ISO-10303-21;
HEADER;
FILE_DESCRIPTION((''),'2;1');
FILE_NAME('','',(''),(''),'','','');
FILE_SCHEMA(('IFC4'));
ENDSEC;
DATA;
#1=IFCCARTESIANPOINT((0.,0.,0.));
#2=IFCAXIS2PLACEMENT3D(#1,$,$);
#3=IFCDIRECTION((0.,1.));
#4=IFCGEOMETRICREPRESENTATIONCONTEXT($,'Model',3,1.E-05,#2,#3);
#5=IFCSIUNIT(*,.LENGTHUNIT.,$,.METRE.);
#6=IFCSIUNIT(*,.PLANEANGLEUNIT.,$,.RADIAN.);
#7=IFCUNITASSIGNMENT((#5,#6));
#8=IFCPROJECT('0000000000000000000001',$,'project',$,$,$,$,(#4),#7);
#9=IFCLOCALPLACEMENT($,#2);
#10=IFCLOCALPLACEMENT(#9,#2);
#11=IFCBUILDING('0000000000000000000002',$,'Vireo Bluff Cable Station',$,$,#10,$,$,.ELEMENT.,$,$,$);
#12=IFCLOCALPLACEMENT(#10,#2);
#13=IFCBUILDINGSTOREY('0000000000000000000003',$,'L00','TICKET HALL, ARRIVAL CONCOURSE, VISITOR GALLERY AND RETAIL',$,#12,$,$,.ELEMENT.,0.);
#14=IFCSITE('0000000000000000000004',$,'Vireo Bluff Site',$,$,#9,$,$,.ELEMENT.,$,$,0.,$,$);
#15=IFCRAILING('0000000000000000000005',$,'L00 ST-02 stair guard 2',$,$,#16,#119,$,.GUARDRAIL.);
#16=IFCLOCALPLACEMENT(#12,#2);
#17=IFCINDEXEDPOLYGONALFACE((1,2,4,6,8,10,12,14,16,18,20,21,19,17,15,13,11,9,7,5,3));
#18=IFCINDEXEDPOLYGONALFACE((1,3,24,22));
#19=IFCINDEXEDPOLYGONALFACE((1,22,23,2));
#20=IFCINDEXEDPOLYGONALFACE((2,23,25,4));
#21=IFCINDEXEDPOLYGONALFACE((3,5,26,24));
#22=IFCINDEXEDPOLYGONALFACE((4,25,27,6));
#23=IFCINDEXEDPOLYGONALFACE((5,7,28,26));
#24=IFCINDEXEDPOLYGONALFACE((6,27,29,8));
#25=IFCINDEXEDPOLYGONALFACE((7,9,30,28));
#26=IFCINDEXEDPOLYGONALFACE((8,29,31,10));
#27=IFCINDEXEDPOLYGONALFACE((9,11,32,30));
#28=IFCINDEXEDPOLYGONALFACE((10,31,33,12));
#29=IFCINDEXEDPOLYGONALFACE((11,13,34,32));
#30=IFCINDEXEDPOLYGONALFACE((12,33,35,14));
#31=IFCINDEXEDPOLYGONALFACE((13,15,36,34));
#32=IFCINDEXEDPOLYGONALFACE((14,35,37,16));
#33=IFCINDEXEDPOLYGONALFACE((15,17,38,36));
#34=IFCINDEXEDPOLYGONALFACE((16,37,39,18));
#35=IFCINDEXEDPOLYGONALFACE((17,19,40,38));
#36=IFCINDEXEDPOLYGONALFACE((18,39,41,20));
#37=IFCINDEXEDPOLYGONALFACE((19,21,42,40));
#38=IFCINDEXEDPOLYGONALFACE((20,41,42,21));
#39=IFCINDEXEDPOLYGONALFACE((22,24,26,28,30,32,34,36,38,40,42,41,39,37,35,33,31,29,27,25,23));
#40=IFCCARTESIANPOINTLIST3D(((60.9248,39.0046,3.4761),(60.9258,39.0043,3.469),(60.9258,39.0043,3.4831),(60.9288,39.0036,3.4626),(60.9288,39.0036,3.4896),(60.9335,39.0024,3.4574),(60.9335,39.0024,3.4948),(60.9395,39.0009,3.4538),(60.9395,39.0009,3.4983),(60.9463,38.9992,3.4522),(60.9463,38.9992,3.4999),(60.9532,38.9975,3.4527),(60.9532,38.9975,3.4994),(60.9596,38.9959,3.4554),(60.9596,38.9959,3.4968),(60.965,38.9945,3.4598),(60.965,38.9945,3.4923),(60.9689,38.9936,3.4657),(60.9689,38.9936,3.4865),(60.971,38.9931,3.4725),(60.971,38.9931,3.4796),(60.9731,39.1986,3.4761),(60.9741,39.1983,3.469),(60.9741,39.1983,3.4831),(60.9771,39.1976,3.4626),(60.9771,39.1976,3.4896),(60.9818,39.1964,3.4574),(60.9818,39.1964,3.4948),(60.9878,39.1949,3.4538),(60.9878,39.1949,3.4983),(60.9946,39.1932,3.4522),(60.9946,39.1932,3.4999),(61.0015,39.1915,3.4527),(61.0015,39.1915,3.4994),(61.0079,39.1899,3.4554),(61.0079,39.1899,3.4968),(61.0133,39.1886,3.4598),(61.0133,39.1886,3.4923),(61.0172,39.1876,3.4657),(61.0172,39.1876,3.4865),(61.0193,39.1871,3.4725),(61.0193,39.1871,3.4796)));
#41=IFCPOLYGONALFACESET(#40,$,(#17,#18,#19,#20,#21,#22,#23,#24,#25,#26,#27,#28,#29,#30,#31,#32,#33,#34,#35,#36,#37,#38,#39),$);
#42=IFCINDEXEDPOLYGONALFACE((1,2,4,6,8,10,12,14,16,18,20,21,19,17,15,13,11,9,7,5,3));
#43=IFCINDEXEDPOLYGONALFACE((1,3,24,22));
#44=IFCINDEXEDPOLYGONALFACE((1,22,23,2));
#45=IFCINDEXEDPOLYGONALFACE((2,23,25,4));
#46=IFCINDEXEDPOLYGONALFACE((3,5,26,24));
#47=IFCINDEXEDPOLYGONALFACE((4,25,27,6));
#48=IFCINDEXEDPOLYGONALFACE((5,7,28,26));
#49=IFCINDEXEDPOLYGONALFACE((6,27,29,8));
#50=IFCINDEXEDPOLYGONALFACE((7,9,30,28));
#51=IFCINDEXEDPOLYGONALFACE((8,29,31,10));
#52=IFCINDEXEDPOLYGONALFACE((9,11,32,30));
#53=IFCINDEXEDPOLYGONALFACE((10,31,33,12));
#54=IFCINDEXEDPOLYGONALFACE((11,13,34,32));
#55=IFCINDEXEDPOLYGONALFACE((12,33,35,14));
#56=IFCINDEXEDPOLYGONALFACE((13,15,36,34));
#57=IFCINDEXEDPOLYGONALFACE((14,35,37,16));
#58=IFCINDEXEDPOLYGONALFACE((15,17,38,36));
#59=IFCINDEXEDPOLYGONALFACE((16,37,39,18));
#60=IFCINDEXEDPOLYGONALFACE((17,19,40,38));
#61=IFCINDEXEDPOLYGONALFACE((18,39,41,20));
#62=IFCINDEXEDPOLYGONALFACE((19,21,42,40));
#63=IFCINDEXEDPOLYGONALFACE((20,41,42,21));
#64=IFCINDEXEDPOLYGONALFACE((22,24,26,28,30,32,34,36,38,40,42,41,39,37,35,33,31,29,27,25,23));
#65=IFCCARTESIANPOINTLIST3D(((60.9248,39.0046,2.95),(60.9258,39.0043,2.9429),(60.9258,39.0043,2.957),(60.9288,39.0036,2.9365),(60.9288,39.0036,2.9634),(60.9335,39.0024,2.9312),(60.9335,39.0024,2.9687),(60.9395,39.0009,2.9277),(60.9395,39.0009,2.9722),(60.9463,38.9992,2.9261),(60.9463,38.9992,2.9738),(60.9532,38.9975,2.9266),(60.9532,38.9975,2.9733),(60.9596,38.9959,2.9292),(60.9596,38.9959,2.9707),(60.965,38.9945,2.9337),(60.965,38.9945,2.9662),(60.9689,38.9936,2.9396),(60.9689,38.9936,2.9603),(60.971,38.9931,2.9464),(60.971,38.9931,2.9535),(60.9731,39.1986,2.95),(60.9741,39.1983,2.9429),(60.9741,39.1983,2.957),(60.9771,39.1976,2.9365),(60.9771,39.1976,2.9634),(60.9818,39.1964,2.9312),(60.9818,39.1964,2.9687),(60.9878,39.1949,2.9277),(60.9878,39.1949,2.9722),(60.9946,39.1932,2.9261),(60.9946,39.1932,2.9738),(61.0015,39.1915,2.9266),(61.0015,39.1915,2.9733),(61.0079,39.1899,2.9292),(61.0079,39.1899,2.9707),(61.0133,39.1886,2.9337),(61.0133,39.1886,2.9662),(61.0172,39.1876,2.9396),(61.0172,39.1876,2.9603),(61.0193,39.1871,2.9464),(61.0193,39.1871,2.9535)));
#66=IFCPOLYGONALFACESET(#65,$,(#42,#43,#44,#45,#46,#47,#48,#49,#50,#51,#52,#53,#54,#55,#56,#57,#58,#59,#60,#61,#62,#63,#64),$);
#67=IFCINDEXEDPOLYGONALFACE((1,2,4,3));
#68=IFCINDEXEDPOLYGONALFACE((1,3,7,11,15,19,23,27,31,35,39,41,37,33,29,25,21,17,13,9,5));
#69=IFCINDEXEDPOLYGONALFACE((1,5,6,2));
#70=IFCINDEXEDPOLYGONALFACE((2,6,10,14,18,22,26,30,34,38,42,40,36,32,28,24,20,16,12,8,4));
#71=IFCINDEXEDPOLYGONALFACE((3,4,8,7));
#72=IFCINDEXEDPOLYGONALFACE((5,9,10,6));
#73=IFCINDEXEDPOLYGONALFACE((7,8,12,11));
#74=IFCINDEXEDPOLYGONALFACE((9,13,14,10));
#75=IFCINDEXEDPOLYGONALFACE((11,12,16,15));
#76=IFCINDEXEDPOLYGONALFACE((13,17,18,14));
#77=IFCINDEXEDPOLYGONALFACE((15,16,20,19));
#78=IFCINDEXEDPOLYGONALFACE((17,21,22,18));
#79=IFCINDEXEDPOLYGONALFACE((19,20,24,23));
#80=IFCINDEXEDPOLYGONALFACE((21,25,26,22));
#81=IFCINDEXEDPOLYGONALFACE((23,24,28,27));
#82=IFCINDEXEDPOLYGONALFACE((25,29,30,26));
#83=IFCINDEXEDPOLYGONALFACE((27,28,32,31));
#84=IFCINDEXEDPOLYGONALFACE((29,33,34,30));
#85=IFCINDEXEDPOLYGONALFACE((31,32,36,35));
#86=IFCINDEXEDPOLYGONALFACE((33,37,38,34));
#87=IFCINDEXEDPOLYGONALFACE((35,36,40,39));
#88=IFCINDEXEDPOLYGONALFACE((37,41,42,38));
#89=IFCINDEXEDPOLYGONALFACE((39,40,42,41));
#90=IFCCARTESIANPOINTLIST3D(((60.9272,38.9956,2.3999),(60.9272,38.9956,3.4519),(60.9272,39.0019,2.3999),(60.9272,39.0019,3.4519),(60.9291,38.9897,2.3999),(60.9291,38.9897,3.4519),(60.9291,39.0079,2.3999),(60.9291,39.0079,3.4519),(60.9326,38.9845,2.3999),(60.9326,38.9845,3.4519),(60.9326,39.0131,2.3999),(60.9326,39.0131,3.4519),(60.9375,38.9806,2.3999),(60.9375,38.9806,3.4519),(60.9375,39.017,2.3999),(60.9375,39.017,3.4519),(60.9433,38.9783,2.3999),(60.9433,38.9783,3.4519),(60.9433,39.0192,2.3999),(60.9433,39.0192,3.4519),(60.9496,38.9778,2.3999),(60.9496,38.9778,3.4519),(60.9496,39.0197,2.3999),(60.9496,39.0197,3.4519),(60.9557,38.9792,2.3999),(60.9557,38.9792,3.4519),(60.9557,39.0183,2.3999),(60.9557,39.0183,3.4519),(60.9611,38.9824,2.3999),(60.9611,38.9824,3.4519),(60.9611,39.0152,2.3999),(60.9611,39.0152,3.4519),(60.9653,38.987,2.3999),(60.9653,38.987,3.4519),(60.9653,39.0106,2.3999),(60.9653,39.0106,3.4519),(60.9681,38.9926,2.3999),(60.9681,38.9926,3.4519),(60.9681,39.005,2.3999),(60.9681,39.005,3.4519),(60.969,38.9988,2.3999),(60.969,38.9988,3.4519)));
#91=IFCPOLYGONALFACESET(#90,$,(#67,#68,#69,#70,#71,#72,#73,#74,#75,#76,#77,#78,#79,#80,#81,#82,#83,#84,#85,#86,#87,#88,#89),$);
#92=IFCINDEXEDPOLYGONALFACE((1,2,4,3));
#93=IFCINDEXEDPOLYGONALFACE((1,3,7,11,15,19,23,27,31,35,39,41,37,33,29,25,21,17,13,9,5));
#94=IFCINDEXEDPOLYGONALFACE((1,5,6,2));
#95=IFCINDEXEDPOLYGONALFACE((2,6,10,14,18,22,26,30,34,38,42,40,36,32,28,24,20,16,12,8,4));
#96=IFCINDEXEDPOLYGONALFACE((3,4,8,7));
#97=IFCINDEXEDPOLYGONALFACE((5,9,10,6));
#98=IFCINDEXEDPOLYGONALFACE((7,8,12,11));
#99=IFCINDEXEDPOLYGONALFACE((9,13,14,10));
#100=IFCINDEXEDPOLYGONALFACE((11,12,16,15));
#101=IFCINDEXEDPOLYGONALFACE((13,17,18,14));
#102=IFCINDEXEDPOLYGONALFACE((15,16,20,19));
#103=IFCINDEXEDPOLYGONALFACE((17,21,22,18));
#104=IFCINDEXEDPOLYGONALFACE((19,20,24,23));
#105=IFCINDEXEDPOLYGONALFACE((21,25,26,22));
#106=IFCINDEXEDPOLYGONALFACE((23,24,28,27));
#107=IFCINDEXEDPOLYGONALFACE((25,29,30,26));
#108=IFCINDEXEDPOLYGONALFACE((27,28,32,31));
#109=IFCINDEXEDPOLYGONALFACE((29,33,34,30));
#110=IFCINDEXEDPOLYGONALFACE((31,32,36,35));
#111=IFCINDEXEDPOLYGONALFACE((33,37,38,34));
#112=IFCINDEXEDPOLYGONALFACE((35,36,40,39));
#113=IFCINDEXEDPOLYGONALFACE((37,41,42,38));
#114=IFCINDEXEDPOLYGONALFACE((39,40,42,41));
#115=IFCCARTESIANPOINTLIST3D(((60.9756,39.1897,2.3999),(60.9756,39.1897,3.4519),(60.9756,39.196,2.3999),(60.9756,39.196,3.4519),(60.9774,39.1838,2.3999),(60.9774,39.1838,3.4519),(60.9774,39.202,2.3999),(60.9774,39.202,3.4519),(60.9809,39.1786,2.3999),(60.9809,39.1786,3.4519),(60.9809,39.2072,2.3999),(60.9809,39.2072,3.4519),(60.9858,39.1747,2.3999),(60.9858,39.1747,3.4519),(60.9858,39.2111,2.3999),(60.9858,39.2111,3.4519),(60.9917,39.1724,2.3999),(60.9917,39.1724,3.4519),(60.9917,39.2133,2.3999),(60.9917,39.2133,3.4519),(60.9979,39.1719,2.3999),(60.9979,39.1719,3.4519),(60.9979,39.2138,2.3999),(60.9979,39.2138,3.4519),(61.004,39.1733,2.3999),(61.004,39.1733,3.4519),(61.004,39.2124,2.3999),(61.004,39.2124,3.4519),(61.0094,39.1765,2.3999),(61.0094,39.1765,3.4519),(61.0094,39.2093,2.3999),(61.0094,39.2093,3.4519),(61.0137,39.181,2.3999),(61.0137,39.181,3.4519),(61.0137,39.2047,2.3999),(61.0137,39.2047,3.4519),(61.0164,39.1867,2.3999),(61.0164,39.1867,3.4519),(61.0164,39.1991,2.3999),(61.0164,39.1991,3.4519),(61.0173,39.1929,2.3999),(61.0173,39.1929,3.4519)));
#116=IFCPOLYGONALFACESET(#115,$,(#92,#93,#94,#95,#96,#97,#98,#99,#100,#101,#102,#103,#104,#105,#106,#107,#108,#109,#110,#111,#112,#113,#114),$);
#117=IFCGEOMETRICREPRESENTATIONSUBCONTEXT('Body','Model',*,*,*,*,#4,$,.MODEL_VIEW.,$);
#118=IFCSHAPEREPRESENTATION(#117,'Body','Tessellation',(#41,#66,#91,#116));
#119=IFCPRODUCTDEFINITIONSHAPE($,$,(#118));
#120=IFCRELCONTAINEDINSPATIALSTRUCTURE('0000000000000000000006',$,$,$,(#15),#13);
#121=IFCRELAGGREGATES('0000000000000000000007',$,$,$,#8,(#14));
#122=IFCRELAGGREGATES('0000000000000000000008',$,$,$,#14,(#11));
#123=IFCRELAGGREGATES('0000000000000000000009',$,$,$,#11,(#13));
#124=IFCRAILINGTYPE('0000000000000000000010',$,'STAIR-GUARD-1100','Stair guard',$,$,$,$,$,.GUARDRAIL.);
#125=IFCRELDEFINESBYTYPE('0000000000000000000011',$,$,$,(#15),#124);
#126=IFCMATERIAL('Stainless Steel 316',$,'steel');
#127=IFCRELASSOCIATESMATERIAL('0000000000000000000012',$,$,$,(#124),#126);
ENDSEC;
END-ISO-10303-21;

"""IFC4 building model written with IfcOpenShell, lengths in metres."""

from ifc_helpers import new_model, si_unit, direction, frame, origin, origin_2d, place, context, subcontext, project, spatial, circle, extrude, material, type_object, element, save


model = new_model("IFC4")

# Units and contexts
model_context = context("Model", 3, precision=1e-05, world=origin(), true_north=direction((0.0, 1.0)))
body_context = subcontext(model_context, "Body", "Model", "MODEL_VIEW")
ifc_project = project(units=[si_unit("LENGTHUNIT", "METRE"), si_unit("PLANEANGLEUNIT", "RADIAN")], contexts=[model_context])

# Site, building, storey
site_placement = place(None, origin())
site = spatial("IfcSite", under=ifc_project, at=site_placement, Name="Vireo Bluff Site", CompositionType="ELEMENT", RefElevation=0.0)
building_placement = place(site_placement, origin())
building = spatial("IfcBuilding", under=site, at=building_placement, Name="Vireo Bluff Cable Station", CompositionType="ELEMENT")
storey_placement = place(building_placement, origin())
storey = spatial("IfcBuildingStorey", under=building, at=storey_placement, Name="L00", Description="TICKET HALL, ARRIVAL CONCOURSE, VISITOR GALLERY AND RETAIL", CompositionType="ELEMENT", Elevation=0.0)

# Railing
ifc_material_1 = material(Name="Stainless Steel 316", Category="steel")
railing_type_1 = type_object("IfcRailingType", Name="STAIR-GUARD-1100", Description="Stair guard", PredefinedType="GUARDRAIL", material=ifc_material_1)
railing_1_placement = place(storey_placement, frame((60.948, 38.9988, 2.3999)))
element("IfcRailing", 1, at=railing_1_placement, inside=storey, type_object=railing_type_1, Name="L00 ST-02 stair guard 2", PredefinedType="GUARDRAIL", context=body_context, shape_type="SweptSolid", body=[
    extrude(circle(Radius=0.0239, at=origin_2d()), frame((0.0, 0.0, 1.0762), z_axis=(0.241674, 0.970358, 0.0), x_axis=(-0.970358, 0.241674, 0.0)), (0.0, 0.0, 1.0), 0.2),
    extrude(circle(Radius=0.0239, at=origin_2d()), frame((0.0, 0.0, 0.55), z_axis=(0.241674, 0.970358, 0.0), x_axis=(-0.970358, 0.241674, 0.0)), (0.0, 0.0, 1.0), 0.2),
    extrude(circle(Radius=0.021, at=origin_2d()), origin(), (0.0, 0.0, 1.0), 1.052),
    extrude(circle(Radius=0.021, at=origin_2d()), frame((0.0483, 0.1941, 0.0)), (0.0, 0.0, 1.0), 1.052),
])

save(model, "model.ifc")
